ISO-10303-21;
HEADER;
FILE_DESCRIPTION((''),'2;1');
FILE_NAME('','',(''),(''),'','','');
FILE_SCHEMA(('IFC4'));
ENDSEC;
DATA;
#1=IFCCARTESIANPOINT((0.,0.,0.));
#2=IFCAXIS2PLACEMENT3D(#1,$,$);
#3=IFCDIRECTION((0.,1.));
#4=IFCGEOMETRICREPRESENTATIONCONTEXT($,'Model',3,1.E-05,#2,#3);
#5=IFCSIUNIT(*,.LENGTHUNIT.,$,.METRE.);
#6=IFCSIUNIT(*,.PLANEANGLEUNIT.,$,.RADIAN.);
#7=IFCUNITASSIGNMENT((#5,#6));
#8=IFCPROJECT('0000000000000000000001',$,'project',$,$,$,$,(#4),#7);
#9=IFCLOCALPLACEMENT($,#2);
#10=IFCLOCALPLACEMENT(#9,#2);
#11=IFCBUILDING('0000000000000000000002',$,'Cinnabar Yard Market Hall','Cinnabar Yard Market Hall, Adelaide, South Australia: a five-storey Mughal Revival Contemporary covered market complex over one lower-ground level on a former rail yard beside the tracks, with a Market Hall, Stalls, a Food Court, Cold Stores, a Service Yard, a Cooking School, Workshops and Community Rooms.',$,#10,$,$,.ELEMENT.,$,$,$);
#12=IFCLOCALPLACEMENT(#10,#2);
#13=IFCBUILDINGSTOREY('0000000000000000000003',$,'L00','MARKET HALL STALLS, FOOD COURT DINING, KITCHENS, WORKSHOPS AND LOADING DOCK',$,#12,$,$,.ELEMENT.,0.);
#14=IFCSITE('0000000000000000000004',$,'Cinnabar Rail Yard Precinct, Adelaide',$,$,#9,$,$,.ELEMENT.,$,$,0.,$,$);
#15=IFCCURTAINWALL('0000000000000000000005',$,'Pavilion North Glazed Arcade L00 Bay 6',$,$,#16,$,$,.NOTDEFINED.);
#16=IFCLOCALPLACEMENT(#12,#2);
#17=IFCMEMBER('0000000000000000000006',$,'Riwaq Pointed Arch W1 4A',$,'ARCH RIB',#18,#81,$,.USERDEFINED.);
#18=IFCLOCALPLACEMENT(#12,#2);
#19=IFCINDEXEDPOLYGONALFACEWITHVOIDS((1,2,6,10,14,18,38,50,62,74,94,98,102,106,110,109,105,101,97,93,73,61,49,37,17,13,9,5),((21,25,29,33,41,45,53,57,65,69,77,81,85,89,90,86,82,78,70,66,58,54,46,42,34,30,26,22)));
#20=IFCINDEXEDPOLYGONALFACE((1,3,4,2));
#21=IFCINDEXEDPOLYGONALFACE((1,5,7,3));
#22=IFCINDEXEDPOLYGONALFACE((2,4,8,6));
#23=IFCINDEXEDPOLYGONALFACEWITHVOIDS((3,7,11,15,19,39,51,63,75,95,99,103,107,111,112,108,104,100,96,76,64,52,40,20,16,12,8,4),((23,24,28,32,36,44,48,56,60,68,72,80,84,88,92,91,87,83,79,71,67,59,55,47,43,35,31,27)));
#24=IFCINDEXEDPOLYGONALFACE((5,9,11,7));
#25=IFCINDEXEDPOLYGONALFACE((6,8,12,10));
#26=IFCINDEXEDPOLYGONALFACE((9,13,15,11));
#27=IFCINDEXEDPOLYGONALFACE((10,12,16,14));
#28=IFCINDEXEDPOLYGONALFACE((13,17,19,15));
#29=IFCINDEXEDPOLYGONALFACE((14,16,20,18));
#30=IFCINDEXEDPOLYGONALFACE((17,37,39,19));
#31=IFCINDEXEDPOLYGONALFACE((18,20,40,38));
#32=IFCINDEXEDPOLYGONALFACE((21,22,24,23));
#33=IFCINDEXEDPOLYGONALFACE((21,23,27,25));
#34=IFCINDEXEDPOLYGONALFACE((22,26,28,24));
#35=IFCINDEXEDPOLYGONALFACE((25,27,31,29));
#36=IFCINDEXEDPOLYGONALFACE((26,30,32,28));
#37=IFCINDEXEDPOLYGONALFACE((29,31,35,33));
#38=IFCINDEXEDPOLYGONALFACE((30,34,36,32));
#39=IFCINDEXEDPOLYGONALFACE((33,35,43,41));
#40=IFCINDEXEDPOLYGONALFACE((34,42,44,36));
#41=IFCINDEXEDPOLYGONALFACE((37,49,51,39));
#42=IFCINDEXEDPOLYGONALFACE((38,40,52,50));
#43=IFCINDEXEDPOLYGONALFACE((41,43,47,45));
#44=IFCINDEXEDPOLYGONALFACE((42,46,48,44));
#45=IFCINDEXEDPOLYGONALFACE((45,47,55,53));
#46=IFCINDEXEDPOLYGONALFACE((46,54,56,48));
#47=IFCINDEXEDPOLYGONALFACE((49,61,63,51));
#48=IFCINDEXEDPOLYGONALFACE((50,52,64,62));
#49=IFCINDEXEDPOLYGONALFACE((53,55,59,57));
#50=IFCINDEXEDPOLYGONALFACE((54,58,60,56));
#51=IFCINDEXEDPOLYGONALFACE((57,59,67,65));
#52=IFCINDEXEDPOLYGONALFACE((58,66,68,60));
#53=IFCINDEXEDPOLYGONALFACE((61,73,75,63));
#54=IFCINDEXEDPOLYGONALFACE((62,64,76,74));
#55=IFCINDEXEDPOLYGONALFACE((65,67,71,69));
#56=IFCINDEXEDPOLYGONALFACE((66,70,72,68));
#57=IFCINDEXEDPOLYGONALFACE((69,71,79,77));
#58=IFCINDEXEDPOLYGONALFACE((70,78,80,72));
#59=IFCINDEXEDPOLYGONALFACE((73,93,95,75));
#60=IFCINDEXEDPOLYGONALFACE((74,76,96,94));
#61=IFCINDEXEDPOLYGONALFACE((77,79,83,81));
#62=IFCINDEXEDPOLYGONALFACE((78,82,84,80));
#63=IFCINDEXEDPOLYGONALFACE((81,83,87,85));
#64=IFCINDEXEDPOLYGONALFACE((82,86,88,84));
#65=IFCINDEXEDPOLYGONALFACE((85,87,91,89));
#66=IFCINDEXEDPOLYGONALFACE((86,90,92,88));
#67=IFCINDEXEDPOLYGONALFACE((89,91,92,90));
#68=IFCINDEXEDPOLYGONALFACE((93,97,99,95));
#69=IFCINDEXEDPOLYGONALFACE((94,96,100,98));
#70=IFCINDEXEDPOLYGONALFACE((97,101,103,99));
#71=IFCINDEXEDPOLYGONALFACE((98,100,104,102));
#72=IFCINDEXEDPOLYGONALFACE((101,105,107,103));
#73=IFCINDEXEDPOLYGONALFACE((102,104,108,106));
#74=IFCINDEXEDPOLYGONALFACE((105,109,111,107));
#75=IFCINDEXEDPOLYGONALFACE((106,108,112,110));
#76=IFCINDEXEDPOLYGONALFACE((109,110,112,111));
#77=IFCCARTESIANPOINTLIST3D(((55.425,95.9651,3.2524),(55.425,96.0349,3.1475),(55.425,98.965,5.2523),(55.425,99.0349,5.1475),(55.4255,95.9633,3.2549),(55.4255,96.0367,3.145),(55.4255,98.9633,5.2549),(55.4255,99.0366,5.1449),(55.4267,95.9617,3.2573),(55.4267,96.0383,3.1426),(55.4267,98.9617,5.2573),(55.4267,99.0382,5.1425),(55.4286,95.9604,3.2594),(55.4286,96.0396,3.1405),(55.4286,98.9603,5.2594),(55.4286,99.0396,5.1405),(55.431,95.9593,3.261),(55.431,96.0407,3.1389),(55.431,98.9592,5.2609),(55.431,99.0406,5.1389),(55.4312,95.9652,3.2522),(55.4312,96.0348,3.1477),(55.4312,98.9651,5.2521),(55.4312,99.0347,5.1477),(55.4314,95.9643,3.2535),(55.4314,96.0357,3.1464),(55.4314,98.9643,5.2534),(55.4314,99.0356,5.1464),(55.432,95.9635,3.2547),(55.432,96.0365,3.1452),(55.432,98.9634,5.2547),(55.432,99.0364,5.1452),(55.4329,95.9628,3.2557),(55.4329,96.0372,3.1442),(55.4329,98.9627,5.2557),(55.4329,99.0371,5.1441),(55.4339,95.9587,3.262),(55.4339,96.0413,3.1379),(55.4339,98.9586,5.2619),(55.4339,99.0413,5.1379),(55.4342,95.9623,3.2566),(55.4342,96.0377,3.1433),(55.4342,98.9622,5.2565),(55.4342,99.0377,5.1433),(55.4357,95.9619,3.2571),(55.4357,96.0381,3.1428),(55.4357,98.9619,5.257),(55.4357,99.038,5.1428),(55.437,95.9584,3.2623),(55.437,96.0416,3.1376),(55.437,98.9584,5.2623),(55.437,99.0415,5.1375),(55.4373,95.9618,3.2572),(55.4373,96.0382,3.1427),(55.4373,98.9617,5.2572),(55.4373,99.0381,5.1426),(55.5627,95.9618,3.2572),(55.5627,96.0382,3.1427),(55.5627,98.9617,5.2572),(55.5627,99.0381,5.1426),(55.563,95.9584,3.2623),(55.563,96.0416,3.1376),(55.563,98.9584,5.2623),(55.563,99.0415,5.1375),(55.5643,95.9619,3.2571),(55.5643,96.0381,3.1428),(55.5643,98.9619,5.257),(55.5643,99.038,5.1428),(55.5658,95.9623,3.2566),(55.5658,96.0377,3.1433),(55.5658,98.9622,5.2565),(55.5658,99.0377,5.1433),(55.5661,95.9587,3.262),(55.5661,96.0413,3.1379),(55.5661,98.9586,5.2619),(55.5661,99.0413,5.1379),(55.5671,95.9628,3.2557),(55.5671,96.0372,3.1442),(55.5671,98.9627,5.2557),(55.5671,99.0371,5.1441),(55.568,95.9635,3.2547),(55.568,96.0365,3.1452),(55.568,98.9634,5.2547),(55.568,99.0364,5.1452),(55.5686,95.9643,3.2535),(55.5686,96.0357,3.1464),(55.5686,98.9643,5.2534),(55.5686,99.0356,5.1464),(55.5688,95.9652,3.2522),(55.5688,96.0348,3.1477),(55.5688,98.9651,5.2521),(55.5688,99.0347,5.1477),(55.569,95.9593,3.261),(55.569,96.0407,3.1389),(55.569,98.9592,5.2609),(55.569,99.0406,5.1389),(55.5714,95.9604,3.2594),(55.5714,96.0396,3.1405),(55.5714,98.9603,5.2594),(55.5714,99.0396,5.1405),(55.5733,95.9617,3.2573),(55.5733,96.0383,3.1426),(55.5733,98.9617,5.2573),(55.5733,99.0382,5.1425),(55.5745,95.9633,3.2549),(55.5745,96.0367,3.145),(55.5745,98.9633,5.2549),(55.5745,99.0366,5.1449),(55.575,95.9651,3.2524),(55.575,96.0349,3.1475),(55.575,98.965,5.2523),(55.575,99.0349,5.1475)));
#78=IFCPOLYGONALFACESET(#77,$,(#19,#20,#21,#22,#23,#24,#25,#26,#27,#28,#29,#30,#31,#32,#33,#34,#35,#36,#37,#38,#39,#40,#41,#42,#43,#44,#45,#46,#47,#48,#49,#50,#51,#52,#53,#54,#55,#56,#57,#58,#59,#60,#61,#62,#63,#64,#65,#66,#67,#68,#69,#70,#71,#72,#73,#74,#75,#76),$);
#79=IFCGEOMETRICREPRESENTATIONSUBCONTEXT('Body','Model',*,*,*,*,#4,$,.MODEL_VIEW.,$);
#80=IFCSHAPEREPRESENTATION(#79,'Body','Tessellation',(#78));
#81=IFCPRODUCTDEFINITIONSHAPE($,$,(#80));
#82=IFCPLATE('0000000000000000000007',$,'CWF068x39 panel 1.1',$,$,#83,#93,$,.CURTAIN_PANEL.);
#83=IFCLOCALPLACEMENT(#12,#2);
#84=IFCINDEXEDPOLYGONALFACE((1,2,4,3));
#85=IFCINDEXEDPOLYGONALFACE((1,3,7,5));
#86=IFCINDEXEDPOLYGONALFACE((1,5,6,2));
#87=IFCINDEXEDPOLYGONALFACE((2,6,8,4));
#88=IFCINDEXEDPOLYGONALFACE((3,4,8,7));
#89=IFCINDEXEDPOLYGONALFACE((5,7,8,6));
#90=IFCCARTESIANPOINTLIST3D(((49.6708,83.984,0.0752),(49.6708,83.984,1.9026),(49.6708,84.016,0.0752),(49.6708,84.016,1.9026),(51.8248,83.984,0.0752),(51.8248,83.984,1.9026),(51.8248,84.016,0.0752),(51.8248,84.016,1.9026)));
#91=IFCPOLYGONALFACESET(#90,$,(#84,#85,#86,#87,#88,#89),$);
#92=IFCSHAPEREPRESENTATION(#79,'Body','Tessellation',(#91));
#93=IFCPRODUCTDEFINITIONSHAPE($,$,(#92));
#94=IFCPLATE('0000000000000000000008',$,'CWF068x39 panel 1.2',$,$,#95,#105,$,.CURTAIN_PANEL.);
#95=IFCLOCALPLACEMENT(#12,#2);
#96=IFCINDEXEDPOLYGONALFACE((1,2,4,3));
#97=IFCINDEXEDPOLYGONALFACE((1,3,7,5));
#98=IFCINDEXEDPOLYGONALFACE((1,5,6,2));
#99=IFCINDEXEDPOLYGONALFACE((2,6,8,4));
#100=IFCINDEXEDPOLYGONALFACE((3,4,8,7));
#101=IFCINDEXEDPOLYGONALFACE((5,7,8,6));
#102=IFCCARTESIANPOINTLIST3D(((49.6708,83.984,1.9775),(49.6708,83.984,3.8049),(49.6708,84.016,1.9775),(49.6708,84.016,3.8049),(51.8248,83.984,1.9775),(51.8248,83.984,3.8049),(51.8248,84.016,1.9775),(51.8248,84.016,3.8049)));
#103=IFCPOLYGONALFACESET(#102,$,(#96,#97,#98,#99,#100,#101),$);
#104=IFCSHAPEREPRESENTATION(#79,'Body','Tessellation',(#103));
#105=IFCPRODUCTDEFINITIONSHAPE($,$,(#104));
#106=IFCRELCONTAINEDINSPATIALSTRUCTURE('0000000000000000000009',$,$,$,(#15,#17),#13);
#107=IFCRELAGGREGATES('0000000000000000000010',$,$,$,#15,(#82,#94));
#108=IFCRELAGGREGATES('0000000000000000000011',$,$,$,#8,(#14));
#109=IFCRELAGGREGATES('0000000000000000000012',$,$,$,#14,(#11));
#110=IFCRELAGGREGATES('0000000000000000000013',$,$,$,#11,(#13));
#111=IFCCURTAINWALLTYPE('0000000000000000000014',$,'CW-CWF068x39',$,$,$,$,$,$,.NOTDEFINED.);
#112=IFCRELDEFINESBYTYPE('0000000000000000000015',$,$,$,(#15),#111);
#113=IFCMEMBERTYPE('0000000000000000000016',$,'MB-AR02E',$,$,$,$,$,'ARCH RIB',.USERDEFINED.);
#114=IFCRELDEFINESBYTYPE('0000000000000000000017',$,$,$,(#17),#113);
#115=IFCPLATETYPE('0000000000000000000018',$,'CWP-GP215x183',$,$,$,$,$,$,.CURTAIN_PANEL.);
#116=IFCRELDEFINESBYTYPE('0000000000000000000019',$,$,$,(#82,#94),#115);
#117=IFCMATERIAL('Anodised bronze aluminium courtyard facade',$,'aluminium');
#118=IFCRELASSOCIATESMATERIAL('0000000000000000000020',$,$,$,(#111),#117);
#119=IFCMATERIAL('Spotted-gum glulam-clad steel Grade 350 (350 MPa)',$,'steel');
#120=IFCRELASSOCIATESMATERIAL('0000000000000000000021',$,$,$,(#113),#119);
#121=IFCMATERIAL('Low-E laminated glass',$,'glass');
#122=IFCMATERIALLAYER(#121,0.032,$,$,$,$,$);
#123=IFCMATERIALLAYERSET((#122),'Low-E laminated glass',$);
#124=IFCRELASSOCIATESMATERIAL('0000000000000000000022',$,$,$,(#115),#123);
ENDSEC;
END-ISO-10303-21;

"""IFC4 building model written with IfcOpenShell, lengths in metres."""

from ifc_helpers import new_model, si_unit, direction, frame, origin, origin_2d_with_axis, place, context, subcontext, project, spatial, rectangle, hollow_rectangle, extrude, material, layer, layer_set, material_profile, profile_set, type_object, element, aggregate, save


model = new_model("IFC4")

# Units and contexts
model_context = context("Model", 3, precision=1e-05, world=origin(), true_north=direction((0.0, 1.0)))
body_context = subcontext(model_context, "Body", "Model", "MODEL_VIEW")
ifc_project = project(units=[si_unit("LENGTHUNIT", "METRE"), si_unit("PLANEANGLEUNIT", "RADIAN")], contexts=[model_context])

# Site, building, storey
site_placement = place(None, origin())
site = spatial("IfcSite", under=ifc_project, at=site_placement, Name="Cinnabar Rail Yard Precinct, Adelaide", CompositionType="ELEMENT", RefElevation=0.0)
building_placement = place(site_placement, origin())
building = spatial("IfcBuilding", under=site, at=building_placement, Name="Cinnabar Yard Market Hall", Description="Cinnabar Yard Market Hall, Adelaide, South Australia: a five-storey Mughal Revival Contemporary covered market complex over one lower-ground level on a former rail yard beside the tracks, with a Market Hall, Stalls, a Food Court, Cold Stores, a Service Yard, a Cooking School, Workshops and Community Rooms.", CompositionType="ELEMENT")
storey_placement = place(building_placement, origin())
storey = spatial("IfcBuildingStorey", under=building, at=storey_placement, Name="L00", Description="MARKET HALL STALLS, FOOD COURT DINING, KITCHENS, WORKSHOPS AND LOADING DOCK", CompositionType="ELEMENT", Elevation=0.0)

# Shared definitions
ifc_material_1 = material(Name="Spotted-gum glulam-clad steel Grade 350 (350 MPa)", Category="steel")

# Curtain wall
ifc_material_2 = material(Name="Anodised bronze aluminium courtyard facade", Category="aluminium")
curtain_wall_type = type_object("IfcCurtainWallType", Name="CW-CWF068x39", PredefinedType="NOTDEFINED", material=ifc_material_2)
curtain_wall_placement = place(storey_placement, origin())
curtain_wall = element("IfcCurtainWall", 1, at=curtain_wall_placement, inside=storey, type_object=curtain_wall_type, Name="Pavilion North Glazed Arcade L00 Bay 6", PredefinedType="NOTDEFINED")

# Member
ifc_material_profile_1 = material_profile(ifc_material_1, hollow_rectangle(XDim=0.1499, YDim=0.1499, WallThickness=0.0061, InnerFilletRadius=0.0061, OuterFilletRadius=0.012, at=origin_2d_with_axis()), Name="150x150x6.0SHS")
ifc_profile_set_1 = profile_set([ifc_material_profile_1], Name="Spotted-gum glulam-clad steel Grade 350 (350 MPa)")
member_type_1 = type_object("IfcMemberType", Name="MB-AR02E", ElementType="ARCH RIB", PredefinedType="USERDEFINED", material=ifc_profile_set_1)
for number, where, z_axis, x_axis, name in (
    (2, (55.5, 96.0, 3.2), (0.0, 0.83205, 0.5547), (-1.0, 0.0, 0.0), "Riwaq Pointed Arch W1 4A"),
):
    element("IfcMember", number, at=place(storey_placement, frame(where, z_axis=z_axis, x_axis=x_axis)), inside=storey, type_object=member_type_1, Name=name, ObjectType="ARCH RIB", PredefinedType="USERDEFINED", context=body_context, shape_type="SweptSolid", body=[
        extrude(hollow_rectangle(XDim=0.1499, YDim=0.1499, WallThickness=0.0061, InnerFilletRadius=0.0061, OuterFilletRadius=0.012, at=origin_2d_with_axis()), origin(), (0.0, 0.0, 1.0), 3.6055),
    ])

# Plates
ifc_material_3 = material(Name="Low-E laminated glass", Category="glass")
ifc_layer_1 = layer(ifc_material_3, 0.032)
ifc_layer_set_1 = layer_set([ifc_layer_1], Name="Low-E laminated glass")
plate_type = type_object("IfcPlateType", Name="CWP-GP215x183", PredefinedType="CURTAIN_PANEL", material=ifc_layer_set_1)
plate_1_placement = place(storey_placement, frame((50.7478, 84.0, 0.0752), z_axis=(0.0, 0.0, 1.0), x_axis=(-1.0, 0.0, 0.0)))
plate_1 = element("IfcPlate", 3, at=plate_1_placement, type_object=plate_type, Name="CWF068x39 panel 1.1", PredefinedType="CURTAIN_PANEL", context=body_context, shape_type="SweptSolid", body=[
    extrude(rectangle(XDim=2.1541, YDim=0.032, at=origin_2d_with_axis()), origin(), (0.0, 0.0, 1.0), 1.8274),
])
plate_2_placement = place(storey_placement, frame((50.7478, 84.0, 1.9775), z_axis=(0.0, 0.0, 1.0), x_axis=(-1.0, 0.0, 0.0)))
plate_2 = element("IfcPlate", 4, at=plate_2_placement, type_object=plate_type, Name="CWF068x39 panel 1.2", PredefinedType="CURTAIN_PANEL", context=body_context, shape_type="SweptSolid", body=[
    extrude(rectangle(XDim=2.1541, YDim=0.032, at=origin_2d_with_axis()), origin(), (0.0, 0.0, 1.0), 1.8274),
])
aggregate(curtain_wall, [plate_1, plate_2])

save(model, "model.ifc")
